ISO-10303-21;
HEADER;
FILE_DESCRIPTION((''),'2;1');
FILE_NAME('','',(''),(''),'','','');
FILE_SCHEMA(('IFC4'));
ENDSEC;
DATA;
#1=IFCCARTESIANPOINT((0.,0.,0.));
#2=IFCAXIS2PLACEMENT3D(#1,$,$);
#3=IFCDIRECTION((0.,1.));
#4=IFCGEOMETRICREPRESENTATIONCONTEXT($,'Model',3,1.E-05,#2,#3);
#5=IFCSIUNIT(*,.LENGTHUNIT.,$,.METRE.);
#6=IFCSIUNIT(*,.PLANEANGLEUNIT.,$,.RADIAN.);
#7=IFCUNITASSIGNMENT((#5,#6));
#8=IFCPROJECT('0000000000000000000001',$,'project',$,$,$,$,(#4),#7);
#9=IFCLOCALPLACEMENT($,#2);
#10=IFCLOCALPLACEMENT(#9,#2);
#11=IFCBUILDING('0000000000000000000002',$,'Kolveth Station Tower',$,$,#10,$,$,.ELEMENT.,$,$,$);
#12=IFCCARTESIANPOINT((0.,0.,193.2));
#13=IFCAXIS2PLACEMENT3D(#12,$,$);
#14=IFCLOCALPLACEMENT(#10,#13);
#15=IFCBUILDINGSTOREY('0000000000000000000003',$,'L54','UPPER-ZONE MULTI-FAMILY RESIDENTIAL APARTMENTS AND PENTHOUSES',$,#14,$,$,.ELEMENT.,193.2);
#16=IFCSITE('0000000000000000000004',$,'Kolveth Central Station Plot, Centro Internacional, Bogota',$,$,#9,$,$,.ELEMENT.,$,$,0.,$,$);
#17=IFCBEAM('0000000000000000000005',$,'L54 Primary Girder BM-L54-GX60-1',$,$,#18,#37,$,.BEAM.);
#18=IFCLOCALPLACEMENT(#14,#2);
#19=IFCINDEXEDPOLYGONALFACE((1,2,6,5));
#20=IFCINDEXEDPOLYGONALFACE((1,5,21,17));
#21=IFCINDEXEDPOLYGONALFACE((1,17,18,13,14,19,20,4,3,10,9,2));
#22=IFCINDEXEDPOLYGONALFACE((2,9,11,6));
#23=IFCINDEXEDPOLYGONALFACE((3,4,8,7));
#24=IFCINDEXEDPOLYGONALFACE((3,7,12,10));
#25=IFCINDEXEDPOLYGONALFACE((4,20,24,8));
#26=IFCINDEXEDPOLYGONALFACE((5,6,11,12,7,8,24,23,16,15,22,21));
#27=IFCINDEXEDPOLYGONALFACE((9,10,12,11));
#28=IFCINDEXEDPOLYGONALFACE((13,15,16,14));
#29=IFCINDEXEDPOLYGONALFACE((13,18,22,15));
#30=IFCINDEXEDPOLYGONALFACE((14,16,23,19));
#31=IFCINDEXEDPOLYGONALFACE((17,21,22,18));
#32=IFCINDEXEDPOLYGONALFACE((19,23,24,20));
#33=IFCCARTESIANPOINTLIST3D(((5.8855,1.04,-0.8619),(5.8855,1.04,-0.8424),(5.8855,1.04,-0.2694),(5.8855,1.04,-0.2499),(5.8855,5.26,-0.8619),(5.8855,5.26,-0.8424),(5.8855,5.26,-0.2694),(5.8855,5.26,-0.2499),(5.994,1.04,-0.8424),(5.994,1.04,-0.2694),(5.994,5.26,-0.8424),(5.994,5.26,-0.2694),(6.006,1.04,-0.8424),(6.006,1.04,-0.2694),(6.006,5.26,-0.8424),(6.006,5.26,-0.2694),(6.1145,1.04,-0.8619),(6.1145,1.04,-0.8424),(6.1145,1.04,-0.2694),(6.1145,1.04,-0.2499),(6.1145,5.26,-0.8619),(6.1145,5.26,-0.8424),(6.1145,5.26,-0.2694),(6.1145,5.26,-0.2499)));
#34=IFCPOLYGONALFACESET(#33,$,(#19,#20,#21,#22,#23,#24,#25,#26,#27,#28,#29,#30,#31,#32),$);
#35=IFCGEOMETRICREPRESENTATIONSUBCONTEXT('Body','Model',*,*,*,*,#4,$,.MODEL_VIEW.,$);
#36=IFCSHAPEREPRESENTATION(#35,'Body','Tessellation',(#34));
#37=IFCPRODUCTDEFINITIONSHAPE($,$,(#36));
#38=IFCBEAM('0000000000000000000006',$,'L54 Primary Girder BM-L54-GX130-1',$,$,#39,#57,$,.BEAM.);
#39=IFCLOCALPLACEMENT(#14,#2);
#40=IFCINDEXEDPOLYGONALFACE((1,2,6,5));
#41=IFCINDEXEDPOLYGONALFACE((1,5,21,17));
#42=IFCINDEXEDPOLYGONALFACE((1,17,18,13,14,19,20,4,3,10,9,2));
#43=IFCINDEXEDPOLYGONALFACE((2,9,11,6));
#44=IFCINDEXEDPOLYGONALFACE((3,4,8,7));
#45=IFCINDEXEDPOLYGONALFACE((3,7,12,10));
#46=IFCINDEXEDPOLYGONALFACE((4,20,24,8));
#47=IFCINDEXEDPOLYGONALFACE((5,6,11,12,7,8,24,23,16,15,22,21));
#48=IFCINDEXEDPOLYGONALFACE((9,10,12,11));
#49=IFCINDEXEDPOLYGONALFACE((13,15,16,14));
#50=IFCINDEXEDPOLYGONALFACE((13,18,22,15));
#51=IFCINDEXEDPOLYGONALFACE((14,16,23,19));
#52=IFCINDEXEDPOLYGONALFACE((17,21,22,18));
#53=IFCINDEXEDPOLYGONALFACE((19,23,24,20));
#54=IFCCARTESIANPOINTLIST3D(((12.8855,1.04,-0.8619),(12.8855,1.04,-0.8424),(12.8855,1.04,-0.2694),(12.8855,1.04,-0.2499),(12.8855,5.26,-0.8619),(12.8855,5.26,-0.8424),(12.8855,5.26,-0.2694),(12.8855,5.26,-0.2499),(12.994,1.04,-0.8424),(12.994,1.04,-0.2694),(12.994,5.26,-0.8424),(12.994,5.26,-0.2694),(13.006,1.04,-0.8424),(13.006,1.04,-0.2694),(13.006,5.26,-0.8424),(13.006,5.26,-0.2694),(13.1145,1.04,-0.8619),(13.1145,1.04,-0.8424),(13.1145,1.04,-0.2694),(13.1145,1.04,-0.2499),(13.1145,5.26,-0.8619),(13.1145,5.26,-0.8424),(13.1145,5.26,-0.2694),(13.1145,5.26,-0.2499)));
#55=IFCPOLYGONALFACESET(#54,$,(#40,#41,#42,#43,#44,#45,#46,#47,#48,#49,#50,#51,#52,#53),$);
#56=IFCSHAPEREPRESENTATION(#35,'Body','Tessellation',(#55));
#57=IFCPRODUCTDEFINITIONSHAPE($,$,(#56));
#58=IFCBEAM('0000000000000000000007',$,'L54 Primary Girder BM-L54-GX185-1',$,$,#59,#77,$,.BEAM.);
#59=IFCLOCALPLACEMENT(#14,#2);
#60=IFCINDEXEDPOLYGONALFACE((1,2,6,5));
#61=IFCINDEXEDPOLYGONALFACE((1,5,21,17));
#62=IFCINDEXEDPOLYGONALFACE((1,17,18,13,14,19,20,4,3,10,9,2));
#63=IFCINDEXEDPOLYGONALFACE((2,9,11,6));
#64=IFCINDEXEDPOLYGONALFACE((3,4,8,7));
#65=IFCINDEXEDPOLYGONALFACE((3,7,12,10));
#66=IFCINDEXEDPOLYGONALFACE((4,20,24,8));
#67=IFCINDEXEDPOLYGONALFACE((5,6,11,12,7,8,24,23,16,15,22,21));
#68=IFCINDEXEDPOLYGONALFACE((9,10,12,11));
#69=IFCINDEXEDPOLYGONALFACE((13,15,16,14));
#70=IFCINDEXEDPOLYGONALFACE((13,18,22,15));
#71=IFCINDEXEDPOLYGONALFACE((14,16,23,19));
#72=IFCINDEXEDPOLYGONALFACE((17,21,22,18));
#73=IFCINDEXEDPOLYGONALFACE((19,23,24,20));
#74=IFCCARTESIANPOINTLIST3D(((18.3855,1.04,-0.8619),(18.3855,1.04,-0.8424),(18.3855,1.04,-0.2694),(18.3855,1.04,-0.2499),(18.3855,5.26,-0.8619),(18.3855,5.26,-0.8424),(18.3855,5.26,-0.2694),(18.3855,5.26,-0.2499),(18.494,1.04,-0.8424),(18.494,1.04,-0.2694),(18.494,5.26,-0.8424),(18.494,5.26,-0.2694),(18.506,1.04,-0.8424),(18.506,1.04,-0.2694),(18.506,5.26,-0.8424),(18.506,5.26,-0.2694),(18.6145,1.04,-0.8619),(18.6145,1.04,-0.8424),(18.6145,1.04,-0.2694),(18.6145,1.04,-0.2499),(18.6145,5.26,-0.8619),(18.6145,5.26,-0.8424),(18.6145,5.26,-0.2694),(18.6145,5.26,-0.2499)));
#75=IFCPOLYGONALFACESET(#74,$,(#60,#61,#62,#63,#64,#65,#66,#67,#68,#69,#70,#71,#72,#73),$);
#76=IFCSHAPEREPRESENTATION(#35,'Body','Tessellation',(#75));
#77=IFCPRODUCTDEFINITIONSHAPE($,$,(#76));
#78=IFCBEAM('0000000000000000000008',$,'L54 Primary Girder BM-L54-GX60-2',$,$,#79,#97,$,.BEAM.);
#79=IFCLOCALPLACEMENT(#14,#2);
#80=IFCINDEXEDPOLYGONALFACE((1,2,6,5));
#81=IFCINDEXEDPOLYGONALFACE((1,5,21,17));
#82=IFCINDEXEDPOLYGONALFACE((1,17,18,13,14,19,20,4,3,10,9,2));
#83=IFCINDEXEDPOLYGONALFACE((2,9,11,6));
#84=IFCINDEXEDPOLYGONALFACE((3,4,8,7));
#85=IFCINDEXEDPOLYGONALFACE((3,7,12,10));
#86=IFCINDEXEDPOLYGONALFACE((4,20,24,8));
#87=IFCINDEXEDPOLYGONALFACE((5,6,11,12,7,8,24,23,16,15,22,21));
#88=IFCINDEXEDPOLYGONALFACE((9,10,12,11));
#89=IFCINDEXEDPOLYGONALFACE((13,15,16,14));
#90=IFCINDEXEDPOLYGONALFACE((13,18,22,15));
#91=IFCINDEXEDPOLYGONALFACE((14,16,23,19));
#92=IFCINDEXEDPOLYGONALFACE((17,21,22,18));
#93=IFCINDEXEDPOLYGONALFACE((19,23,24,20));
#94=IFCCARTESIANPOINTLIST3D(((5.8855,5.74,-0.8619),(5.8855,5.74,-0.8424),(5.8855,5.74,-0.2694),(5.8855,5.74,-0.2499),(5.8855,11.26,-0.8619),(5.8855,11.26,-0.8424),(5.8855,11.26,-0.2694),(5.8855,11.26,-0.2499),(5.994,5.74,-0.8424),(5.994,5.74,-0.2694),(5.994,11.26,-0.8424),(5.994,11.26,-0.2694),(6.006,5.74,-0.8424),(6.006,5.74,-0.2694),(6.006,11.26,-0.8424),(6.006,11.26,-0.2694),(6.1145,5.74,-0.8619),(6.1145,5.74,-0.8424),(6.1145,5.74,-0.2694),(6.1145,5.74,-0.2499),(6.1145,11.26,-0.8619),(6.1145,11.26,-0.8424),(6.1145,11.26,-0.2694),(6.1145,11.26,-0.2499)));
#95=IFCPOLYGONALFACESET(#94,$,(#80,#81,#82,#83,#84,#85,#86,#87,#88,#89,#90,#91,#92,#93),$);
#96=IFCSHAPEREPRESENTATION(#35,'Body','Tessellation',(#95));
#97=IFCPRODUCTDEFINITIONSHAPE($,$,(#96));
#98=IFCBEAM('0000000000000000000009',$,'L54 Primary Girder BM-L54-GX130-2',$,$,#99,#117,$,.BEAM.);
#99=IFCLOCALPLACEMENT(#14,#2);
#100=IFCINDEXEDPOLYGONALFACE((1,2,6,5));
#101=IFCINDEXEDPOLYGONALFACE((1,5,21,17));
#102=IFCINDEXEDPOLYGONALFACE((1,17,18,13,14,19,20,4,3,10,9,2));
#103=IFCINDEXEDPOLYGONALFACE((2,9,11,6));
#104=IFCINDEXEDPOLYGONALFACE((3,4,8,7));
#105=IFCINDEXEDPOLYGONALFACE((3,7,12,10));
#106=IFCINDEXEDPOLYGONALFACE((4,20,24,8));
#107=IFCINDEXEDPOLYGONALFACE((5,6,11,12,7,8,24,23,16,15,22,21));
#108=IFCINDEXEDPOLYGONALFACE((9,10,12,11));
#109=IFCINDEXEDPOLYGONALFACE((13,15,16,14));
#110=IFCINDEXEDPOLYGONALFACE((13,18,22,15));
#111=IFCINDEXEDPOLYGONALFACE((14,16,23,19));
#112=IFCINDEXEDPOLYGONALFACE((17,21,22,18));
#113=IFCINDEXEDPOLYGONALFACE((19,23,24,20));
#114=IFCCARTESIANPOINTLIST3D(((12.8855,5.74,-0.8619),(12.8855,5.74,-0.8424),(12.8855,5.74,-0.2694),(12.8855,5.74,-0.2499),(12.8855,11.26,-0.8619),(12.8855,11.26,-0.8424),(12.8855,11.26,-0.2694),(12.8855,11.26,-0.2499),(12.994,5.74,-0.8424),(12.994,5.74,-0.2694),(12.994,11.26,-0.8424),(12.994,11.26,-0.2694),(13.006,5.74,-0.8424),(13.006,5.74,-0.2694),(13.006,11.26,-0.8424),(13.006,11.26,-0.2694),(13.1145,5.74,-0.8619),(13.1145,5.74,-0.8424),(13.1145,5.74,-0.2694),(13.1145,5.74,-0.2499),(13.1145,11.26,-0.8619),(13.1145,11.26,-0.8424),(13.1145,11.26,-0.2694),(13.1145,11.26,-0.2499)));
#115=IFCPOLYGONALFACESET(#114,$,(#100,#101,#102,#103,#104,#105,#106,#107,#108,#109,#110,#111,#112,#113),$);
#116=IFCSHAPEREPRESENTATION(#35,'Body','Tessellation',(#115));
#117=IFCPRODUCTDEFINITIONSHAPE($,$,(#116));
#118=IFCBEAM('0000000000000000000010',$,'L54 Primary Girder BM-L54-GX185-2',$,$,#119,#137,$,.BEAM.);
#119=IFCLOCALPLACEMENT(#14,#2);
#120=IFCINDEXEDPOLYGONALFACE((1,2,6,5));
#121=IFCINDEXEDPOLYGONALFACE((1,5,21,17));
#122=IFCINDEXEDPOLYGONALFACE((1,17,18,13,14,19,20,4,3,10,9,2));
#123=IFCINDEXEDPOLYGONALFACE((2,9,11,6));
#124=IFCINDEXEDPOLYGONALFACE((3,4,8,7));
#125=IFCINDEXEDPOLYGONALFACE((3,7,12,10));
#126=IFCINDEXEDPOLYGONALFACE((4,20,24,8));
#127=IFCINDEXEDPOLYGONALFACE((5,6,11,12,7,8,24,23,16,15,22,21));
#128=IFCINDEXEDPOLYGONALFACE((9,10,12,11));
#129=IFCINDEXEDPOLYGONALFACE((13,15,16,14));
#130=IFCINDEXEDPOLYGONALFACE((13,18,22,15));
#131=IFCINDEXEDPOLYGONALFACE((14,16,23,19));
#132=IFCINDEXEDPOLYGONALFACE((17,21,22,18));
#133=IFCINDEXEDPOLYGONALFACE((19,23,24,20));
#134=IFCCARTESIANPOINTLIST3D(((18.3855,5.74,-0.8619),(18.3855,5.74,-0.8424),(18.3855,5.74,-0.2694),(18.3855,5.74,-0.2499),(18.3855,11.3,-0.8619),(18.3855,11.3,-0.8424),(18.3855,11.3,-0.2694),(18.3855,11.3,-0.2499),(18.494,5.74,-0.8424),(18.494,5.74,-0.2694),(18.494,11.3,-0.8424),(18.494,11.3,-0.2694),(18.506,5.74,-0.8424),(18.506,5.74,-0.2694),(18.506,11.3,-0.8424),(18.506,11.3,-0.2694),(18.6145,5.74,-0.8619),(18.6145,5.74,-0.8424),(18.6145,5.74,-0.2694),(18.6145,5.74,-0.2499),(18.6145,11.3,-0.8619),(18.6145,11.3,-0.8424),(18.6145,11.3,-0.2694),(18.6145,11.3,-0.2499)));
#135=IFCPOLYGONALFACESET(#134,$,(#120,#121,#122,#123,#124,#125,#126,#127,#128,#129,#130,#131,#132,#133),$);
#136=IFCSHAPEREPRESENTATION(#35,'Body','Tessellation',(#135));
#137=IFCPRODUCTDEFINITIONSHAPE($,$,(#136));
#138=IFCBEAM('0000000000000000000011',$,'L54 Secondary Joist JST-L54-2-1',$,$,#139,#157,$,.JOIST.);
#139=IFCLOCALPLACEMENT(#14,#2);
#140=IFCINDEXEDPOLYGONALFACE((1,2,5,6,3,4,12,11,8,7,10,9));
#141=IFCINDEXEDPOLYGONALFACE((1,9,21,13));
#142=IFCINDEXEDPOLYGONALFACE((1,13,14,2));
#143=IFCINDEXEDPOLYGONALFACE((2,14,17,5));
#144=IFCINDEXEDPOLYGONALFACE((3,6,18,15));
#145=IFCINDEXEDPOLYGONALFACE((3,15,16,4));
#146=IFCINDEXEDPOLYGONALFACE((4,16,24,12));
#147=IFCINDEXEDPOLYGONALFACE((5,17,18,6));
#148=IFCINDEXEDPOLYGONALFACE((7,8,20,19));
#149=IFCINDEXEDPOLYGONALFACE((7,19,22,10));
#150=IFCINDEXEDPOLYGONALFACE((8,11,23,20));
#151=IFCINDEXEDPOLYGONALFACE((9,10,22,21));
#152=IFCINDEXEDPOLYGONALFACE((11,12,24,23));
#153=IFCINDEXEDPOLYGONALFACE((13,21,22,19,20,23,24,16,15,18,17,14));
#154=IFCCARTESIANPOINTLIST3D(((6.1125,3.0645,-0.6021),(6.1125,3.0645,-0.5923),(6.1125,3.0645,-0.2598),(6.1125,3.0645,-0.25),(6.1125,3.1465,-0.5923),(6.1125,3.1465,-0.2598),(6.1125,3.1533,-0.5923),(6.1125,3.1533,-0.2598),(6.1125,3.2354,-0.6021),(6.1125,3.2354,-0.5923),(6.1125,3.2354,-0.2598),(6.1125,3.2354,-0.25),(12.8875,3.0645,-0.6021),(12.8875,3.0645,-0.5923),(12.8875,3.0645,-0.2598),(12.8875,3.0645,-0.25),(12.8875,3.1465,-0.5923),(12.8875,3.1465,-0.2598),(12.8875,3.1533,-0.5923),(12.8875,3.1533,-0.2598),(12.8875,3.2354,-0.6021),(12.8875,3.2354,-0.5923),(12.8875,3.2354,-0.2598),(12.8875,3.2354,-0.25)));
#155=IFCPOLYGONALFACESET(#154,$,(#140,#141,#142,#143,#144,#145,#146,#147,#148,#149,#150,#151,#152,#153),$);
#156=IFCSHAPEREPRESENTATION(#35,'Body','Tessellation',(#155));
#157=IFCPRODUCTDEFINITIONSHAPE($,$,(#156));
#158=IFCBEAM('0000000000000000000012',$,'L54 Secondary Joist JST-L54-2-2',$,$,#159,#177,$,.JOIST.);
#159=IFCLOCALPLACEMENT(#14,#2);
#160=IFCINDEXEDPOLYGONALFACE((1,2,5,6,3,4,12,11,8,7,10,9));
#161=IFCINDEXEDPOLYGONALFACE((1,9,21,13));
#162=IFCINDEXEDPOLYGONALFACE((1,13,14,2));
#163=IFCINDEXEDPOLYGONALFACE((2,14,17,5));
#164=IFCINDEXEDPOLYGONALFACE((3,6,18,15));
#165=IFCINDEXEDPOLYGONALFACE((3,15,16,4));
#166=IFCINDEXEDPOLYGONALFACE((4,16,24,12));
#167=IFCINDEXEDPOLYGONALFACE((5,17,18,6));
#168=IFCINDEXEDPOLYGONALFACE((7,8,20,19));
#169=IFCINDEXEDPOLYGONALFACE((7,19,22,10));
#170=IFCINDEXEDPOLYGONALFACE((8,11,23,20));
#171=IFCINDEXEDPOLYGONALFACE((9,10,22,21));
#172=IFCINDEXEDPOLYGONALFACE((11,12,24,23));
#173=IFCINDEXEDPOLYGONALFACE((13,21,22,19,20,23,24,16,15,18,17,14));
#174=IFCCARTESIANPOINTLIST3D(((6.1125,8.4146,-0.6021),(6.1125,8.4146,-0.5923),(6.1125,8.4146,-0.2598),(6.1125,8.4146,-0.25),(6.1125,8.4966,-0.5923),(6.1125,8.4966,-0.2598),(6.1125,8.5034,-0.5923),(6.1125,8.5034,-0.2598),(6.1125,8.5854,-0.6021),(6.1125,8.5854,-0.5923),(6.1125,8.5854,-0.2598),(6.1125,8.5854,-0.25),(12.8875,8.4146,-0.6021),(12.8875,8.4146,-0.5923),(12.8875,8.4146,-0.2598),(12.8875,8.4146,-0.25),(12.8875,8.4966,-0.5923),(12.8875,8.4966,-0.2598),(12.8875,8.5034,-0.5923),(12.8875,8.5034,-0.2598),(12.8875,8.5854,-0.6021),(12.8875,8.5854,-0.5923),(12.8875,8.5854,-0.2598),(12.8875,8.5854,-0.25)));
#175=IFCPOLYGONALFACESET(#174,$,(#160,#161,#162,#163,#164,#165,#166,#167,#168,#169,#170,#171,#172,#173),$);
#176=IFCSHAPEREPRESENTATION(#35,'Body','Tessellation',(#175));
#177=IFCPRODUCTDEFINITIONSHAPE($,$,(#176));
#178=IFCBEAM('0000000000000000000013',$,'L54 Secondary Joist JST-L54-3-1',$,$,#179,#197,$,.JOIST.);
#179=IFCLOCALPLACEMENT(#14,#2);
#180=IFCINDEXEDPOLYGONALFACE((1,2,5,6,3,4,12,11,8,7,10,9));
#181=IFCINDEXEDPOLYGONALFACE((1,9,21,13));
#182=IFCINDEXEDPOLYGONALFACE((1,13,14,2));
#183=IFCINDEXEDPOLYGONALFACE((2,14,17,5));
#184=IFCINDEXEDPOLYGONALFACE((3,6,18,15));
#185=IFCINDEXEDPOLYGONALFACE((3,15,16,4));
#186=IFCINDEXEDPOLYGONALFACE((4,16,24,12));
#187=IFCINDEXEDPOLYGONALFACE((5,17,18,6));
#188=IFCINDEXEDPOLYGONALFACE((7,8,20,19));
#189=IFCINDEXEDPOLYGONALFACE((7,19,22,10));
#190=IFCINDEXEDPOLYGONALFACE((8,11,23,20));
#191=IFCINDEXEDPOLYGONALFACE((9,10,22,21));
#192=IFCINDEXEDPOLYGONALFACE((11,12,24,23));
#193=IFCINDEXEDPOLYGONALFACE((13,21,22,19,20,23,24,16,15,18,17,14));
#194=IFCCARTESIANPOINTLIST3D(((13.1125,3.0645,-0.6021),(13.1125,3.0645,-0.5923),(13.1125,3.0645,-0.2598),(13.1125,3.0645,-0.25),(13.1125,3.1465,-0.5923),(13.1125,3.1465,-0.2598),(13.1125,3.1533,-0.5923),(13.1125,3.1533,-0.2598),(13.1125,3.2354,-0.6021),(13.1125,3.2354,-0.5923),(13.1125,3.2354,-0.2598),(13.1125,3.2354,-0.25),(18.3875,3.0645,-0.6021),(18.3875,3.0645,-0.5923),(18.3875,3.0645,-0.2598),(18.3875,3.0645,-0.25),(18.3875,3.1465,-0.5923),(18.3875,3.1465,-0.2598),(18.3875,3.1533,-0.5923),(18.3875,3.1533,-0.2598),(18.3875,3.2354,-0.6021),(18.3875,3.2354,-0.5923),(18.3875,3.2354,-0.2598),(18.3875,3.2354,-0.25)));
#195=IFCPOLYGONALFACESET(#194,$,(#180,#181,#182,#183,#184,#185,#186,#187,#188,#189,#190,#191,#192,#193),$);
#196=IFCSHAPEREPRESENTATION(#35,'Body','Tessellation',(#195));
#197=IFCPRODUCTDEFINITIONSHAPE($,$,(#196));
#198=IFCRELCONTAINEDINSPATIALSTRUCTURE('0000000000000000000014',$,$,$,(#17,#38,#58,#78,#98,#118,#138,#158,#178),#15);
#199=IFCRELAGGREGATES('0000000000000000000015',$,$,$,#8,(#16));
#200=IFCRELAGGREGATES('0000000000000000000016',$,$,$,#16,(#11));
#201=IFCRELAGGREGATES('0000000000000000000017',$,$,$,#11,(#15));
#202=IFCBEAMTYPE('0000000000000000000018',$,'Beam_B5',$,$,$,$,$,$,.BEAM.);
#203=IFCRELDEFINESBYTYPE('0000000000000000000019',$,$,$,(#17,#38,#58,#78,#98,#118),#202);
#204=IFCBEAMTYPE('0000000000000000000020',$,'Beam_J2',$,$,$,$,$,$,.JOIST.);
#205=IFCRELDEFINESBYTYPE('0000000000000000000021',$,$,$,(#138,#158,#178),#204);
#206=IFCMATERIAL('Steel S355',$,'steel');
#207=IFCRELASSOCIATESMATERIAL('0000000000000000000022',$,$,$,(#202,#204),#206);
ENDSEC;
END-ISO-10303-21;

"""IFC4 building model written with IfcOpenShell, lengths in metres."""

from ifc_helpers import new_model, si_unit, direction, frame, origin, origin_2d, place, context, subcontext, project, spatial, i_section, extrude, source, transform, mapped, material, material_profile, profile_set, type_object, element, save


model = new_model("IFC4")

# Units and contexts
model_context = context("Model", 3, precision=1e-05, world=origin(), true_north=direction((0.0, 1.0)))
body_context = subcontext(model_context, "Body", "Model", "MODEL_VIEW")
ifc_project = project(units=[si_unit("LENGTHUNIT", "METRE"), si_unit("PLANEANGLEUNIT", "RADIAN")], contexts=[model_context])

# Site, building, storey
site_placement = place(None, origin())
site = spatial("IfcSite", under=ifc_project, at=site_placement, Name="Kolveth Central Station Plot, Centro Internacional, Bogota", CompositionType="ELEMENT", RefElevation=0.0)
building_placement = place(site_placement, origin())
building = spatial("IfcBuilding", under=site, at=building_placement, Name="Kolveth Station Tower", CompositionType="ELEMENT")
storey_placement = place(building_placement, frame((0.0, 0.0, 193.2)))
storey = spatial("IfcBuildingStorey", under=building, at=storey_placement, Name="L54", Description="UPPER-ZONE MULTI-FAMILY RESIDENTIAL APARTMENTS AND PENTHOUSES", CompositionType="ELEMENT", Elevation=193.2)

# Shared definitions
ifc_material_1 = material(Name="Steel S355", Category="steel")

# Beams
ifc_material_profile_1 = material_profile(ifc_material_1, i_section(OverallWidth=0.229, OverallDepth=0.6121, WebThickness=0.012, FlangeThickness=0.0195, at=origin_2d()), Name="W610x125")
ifc_profile_set_1 = profile_set([ifc_material_profile_1], Name="Steel S355")
beam_type_1 = type_object("IfcBeamType", Name="Beam_B5", PredefinedType="BEAM", material=ifc_profile_set_1)
shared_shape_1 = source(origin(), body_context, "Body", "SweptSolid", [
    extrude(i_section(OverallWidth=0.229, OverallDepth=0.6121, WebThickness=0.012, FlangeThickness=0.0195, at=origin_2d()), origin(), (0.0, 0.0, 1.0), 4.22),
])
for number, where, z_axis, x_axis, name in (
    (1, (6.0, 1.04, -0.5559), (0.0, 1.0, 0.0), (-1.0, 0.0, 0.0), "L54 Primary Girder BM-L54-GX60-1"),
    (2, (13.0, 1.04, -0.5559), (0.0, 1.0, 0.0), (-1.0, 0.0, 0.0), "L54 Primary Girder BM-L54-GX130-1"),
    (3, (18.5, 1.04, -0.5559), (0.0, 1.0, 0.0), (-1.0, 0.0, 0.0), "L54 Primary Girder BM-L54-GX185-1"),
):
    element("IfcBeam", number, at=place(storey_placement, frame(where, z_axis=z_axis, x_axis=x_axis)), inside=storey, type_object=beam_type_1, Name=name, PredefinedType="BEAM", context=body_context, shape_type="MappedRepresentation", body=[
        mapped(shared_shape_1, transform((0.0, 0.0, 0.0), x_axis=(1.0, 0.0, 0.0), y_axis=(0.0, 1.0, 0.0), z_axis=(0.0, 0.0, 1.0), scale=1.0)),
    ])
shared_shape_2 = source(origin(), body_context, "Body", "SweptSolid", [
    extrude(i_section(OverallWidth=0.229, OverallDepth=0.6121, WebThickness=0.012, FlangeThickness=0.0195, at=origin_2d()), origin(), (0.0, 0.0, 1.0), 5.52),
])
for number, where, z_axis, x_axis, name in (
    (4, (6.0, 5.74, -0.5559), (0.0, 1.0, 0.0), (-1.0, 0.0, 0.0), "L54 Primary Girder BM-L54-GX60-2"),
    (5, (13.0, 5.74, -0.5559), (0.0, 1.0, 0.0), (-1.0, 0.0, 0.0), "L54 Primary Girder BM-L54-GX130-2"),
):
    element("IfcBeam", number, at=place(storey_placement, frame(where, z_axis=z_axis, x_axis=x_axis)), inside=storey, type_object=beam_type_1, Name=name, PredefinedType="BEAM", context=body_context, shape_type="MappedRepresentation", body=[
        mapped(shared_shape_2, transform((0.0, 0.0, 0.0), x_axis=(1.0, 0.0, 0.0), y_axis=(0.0, 1.0, 0.0), z_axis=(0.0, 0.0, 1.0), scale=1.0)),
    ])
shared_shape_3 = source(origin(), body_context, "Body", "SweptSolid", [
    extrude(i_section(OverallWidth=0.229, OverallDepth=0.6121, WebThickness=0.012, FlangeThickness=0.0195, at=origin_2d()), origin(), (0.0, 0.0, 1.0), 5.5601),
])
beam_1_placement = place(storey_placement, frame((18.5, 5.74, -0.5559), z_axis=(0.0, 1.0, 0.0), x_axis=(-1.0, 0.0, 0.0)))
element("IfcBeam", 6, at=beam_1_placement, inside=storey, type_object=beam_type_1, Name="L54 Primary Girder BM-L54-GX185-2", PredefinedType="BEAM", context=body_context, shape_type="MappedRepresentation", body=[
    mapped(shared_shape_3, transform((0.0, 0.0, 0.0), x_axis=(1.0, 0.0, 0.0), y_axis=(0.0, 1.0, 0.0), z_axis=(0.0, 0.0, 1.0), scale=1.0)),
])
ifc_material_profile_2 = material_profile(ifc_material_1, i_section(OverallWidth=0.1709, OverallDepth=0.3521, WebThickness=0.0068, FlangeThickness=0.0098, at=origin_2d()), Name="W360x44")
ifc_profile_set_2 = profile_set([ifc_material_profile_2], Name="Steel S355")
beam_type_2 = type_object("IfcBeamType", Name="Beam_J2", PredefinedType="JOIST", material=ifc_profile_set_2)
shared_shape_4 = source(origin(), body_context, "Body", "SweptSolid", [
    extrude(i_section(OverallWidth=0.1709, OverallDepth=0.3521, WebThickness=0.0068, FlangeThickness=0.0098, at=origin_2d()), origin(), (0.0, 0.0, 1.0), 6.7749),
])
for number, where, z_axis, x_axis, name in (
    (7, (6.1125, 3.1499, -0.426), (1.0, 0.0, 0.0), (0.0, 1.0, 0.0), "L54 Secondary Joist JST-L54-2-1"),
    (8, (6.1125, 8.5, -0.426), (1.0, 0.0, 0.0), (0.0, 1.0, 0.0), "L54 Secondary Joist JST-L54-2-2"),
):
    element("IfcBeam", number, at=place(storey_placement, frame(where, z_axis=z_axis, x_axis=x_axis)), inside=storey, type_object=beam_type_2, Name=name, PredefinedType="JOIST", context=body_context, shape_type="MappedRepresentation", body=[
        mapped(shared_shape_4, transform((0.0, 0.0, 0.0), x_axis=(1.0, 0.0, 0.0), y_axis=(0.0, 1.0, 0.0), z_axis=(0.0, 0.0, 1.0), scale=1.0)),
    ])
shared_shape_5 = source(origin(), body_context, "Body", "SweptSolid", [
    extrude(i_section(OverallWidth=0.1709, OverallDepth=0.3521, WebThickness=0.0068, FlangeThickness=0.0098, at=origin_2d()), origin(), (0.0, 0.0, 1.0), 5.2749),
])
for number, where, z_axis, x_axis, name in (
    (9, (13.1125, 3.1499, -0.426), (1.0, 0.0, 0.0), (0.0, 1.0, 0.0), "L54 Secondary Joist JST-L54-3-1"),
):
    element("IfcBeam", number, at=place(storey_placement, frame(where, z_axis=z_axis, x_axis=x_axis)), inside=storey, type_object=beam_type_2, Name=name, PredefinedType="JOIST", context=body_context, shape_type="MappedRepresentation", body=[
        mapped(shared_shape_5, transform((0.0, 0.0, 0.0), x_axis=(1.0, 0.0, 0.0), y_axis=(0.0, 1.0, 0.0), z_axis=(0.0, 0.0, 1.0), scale=1.0)),
    ])

save(model, "model.ifc")
